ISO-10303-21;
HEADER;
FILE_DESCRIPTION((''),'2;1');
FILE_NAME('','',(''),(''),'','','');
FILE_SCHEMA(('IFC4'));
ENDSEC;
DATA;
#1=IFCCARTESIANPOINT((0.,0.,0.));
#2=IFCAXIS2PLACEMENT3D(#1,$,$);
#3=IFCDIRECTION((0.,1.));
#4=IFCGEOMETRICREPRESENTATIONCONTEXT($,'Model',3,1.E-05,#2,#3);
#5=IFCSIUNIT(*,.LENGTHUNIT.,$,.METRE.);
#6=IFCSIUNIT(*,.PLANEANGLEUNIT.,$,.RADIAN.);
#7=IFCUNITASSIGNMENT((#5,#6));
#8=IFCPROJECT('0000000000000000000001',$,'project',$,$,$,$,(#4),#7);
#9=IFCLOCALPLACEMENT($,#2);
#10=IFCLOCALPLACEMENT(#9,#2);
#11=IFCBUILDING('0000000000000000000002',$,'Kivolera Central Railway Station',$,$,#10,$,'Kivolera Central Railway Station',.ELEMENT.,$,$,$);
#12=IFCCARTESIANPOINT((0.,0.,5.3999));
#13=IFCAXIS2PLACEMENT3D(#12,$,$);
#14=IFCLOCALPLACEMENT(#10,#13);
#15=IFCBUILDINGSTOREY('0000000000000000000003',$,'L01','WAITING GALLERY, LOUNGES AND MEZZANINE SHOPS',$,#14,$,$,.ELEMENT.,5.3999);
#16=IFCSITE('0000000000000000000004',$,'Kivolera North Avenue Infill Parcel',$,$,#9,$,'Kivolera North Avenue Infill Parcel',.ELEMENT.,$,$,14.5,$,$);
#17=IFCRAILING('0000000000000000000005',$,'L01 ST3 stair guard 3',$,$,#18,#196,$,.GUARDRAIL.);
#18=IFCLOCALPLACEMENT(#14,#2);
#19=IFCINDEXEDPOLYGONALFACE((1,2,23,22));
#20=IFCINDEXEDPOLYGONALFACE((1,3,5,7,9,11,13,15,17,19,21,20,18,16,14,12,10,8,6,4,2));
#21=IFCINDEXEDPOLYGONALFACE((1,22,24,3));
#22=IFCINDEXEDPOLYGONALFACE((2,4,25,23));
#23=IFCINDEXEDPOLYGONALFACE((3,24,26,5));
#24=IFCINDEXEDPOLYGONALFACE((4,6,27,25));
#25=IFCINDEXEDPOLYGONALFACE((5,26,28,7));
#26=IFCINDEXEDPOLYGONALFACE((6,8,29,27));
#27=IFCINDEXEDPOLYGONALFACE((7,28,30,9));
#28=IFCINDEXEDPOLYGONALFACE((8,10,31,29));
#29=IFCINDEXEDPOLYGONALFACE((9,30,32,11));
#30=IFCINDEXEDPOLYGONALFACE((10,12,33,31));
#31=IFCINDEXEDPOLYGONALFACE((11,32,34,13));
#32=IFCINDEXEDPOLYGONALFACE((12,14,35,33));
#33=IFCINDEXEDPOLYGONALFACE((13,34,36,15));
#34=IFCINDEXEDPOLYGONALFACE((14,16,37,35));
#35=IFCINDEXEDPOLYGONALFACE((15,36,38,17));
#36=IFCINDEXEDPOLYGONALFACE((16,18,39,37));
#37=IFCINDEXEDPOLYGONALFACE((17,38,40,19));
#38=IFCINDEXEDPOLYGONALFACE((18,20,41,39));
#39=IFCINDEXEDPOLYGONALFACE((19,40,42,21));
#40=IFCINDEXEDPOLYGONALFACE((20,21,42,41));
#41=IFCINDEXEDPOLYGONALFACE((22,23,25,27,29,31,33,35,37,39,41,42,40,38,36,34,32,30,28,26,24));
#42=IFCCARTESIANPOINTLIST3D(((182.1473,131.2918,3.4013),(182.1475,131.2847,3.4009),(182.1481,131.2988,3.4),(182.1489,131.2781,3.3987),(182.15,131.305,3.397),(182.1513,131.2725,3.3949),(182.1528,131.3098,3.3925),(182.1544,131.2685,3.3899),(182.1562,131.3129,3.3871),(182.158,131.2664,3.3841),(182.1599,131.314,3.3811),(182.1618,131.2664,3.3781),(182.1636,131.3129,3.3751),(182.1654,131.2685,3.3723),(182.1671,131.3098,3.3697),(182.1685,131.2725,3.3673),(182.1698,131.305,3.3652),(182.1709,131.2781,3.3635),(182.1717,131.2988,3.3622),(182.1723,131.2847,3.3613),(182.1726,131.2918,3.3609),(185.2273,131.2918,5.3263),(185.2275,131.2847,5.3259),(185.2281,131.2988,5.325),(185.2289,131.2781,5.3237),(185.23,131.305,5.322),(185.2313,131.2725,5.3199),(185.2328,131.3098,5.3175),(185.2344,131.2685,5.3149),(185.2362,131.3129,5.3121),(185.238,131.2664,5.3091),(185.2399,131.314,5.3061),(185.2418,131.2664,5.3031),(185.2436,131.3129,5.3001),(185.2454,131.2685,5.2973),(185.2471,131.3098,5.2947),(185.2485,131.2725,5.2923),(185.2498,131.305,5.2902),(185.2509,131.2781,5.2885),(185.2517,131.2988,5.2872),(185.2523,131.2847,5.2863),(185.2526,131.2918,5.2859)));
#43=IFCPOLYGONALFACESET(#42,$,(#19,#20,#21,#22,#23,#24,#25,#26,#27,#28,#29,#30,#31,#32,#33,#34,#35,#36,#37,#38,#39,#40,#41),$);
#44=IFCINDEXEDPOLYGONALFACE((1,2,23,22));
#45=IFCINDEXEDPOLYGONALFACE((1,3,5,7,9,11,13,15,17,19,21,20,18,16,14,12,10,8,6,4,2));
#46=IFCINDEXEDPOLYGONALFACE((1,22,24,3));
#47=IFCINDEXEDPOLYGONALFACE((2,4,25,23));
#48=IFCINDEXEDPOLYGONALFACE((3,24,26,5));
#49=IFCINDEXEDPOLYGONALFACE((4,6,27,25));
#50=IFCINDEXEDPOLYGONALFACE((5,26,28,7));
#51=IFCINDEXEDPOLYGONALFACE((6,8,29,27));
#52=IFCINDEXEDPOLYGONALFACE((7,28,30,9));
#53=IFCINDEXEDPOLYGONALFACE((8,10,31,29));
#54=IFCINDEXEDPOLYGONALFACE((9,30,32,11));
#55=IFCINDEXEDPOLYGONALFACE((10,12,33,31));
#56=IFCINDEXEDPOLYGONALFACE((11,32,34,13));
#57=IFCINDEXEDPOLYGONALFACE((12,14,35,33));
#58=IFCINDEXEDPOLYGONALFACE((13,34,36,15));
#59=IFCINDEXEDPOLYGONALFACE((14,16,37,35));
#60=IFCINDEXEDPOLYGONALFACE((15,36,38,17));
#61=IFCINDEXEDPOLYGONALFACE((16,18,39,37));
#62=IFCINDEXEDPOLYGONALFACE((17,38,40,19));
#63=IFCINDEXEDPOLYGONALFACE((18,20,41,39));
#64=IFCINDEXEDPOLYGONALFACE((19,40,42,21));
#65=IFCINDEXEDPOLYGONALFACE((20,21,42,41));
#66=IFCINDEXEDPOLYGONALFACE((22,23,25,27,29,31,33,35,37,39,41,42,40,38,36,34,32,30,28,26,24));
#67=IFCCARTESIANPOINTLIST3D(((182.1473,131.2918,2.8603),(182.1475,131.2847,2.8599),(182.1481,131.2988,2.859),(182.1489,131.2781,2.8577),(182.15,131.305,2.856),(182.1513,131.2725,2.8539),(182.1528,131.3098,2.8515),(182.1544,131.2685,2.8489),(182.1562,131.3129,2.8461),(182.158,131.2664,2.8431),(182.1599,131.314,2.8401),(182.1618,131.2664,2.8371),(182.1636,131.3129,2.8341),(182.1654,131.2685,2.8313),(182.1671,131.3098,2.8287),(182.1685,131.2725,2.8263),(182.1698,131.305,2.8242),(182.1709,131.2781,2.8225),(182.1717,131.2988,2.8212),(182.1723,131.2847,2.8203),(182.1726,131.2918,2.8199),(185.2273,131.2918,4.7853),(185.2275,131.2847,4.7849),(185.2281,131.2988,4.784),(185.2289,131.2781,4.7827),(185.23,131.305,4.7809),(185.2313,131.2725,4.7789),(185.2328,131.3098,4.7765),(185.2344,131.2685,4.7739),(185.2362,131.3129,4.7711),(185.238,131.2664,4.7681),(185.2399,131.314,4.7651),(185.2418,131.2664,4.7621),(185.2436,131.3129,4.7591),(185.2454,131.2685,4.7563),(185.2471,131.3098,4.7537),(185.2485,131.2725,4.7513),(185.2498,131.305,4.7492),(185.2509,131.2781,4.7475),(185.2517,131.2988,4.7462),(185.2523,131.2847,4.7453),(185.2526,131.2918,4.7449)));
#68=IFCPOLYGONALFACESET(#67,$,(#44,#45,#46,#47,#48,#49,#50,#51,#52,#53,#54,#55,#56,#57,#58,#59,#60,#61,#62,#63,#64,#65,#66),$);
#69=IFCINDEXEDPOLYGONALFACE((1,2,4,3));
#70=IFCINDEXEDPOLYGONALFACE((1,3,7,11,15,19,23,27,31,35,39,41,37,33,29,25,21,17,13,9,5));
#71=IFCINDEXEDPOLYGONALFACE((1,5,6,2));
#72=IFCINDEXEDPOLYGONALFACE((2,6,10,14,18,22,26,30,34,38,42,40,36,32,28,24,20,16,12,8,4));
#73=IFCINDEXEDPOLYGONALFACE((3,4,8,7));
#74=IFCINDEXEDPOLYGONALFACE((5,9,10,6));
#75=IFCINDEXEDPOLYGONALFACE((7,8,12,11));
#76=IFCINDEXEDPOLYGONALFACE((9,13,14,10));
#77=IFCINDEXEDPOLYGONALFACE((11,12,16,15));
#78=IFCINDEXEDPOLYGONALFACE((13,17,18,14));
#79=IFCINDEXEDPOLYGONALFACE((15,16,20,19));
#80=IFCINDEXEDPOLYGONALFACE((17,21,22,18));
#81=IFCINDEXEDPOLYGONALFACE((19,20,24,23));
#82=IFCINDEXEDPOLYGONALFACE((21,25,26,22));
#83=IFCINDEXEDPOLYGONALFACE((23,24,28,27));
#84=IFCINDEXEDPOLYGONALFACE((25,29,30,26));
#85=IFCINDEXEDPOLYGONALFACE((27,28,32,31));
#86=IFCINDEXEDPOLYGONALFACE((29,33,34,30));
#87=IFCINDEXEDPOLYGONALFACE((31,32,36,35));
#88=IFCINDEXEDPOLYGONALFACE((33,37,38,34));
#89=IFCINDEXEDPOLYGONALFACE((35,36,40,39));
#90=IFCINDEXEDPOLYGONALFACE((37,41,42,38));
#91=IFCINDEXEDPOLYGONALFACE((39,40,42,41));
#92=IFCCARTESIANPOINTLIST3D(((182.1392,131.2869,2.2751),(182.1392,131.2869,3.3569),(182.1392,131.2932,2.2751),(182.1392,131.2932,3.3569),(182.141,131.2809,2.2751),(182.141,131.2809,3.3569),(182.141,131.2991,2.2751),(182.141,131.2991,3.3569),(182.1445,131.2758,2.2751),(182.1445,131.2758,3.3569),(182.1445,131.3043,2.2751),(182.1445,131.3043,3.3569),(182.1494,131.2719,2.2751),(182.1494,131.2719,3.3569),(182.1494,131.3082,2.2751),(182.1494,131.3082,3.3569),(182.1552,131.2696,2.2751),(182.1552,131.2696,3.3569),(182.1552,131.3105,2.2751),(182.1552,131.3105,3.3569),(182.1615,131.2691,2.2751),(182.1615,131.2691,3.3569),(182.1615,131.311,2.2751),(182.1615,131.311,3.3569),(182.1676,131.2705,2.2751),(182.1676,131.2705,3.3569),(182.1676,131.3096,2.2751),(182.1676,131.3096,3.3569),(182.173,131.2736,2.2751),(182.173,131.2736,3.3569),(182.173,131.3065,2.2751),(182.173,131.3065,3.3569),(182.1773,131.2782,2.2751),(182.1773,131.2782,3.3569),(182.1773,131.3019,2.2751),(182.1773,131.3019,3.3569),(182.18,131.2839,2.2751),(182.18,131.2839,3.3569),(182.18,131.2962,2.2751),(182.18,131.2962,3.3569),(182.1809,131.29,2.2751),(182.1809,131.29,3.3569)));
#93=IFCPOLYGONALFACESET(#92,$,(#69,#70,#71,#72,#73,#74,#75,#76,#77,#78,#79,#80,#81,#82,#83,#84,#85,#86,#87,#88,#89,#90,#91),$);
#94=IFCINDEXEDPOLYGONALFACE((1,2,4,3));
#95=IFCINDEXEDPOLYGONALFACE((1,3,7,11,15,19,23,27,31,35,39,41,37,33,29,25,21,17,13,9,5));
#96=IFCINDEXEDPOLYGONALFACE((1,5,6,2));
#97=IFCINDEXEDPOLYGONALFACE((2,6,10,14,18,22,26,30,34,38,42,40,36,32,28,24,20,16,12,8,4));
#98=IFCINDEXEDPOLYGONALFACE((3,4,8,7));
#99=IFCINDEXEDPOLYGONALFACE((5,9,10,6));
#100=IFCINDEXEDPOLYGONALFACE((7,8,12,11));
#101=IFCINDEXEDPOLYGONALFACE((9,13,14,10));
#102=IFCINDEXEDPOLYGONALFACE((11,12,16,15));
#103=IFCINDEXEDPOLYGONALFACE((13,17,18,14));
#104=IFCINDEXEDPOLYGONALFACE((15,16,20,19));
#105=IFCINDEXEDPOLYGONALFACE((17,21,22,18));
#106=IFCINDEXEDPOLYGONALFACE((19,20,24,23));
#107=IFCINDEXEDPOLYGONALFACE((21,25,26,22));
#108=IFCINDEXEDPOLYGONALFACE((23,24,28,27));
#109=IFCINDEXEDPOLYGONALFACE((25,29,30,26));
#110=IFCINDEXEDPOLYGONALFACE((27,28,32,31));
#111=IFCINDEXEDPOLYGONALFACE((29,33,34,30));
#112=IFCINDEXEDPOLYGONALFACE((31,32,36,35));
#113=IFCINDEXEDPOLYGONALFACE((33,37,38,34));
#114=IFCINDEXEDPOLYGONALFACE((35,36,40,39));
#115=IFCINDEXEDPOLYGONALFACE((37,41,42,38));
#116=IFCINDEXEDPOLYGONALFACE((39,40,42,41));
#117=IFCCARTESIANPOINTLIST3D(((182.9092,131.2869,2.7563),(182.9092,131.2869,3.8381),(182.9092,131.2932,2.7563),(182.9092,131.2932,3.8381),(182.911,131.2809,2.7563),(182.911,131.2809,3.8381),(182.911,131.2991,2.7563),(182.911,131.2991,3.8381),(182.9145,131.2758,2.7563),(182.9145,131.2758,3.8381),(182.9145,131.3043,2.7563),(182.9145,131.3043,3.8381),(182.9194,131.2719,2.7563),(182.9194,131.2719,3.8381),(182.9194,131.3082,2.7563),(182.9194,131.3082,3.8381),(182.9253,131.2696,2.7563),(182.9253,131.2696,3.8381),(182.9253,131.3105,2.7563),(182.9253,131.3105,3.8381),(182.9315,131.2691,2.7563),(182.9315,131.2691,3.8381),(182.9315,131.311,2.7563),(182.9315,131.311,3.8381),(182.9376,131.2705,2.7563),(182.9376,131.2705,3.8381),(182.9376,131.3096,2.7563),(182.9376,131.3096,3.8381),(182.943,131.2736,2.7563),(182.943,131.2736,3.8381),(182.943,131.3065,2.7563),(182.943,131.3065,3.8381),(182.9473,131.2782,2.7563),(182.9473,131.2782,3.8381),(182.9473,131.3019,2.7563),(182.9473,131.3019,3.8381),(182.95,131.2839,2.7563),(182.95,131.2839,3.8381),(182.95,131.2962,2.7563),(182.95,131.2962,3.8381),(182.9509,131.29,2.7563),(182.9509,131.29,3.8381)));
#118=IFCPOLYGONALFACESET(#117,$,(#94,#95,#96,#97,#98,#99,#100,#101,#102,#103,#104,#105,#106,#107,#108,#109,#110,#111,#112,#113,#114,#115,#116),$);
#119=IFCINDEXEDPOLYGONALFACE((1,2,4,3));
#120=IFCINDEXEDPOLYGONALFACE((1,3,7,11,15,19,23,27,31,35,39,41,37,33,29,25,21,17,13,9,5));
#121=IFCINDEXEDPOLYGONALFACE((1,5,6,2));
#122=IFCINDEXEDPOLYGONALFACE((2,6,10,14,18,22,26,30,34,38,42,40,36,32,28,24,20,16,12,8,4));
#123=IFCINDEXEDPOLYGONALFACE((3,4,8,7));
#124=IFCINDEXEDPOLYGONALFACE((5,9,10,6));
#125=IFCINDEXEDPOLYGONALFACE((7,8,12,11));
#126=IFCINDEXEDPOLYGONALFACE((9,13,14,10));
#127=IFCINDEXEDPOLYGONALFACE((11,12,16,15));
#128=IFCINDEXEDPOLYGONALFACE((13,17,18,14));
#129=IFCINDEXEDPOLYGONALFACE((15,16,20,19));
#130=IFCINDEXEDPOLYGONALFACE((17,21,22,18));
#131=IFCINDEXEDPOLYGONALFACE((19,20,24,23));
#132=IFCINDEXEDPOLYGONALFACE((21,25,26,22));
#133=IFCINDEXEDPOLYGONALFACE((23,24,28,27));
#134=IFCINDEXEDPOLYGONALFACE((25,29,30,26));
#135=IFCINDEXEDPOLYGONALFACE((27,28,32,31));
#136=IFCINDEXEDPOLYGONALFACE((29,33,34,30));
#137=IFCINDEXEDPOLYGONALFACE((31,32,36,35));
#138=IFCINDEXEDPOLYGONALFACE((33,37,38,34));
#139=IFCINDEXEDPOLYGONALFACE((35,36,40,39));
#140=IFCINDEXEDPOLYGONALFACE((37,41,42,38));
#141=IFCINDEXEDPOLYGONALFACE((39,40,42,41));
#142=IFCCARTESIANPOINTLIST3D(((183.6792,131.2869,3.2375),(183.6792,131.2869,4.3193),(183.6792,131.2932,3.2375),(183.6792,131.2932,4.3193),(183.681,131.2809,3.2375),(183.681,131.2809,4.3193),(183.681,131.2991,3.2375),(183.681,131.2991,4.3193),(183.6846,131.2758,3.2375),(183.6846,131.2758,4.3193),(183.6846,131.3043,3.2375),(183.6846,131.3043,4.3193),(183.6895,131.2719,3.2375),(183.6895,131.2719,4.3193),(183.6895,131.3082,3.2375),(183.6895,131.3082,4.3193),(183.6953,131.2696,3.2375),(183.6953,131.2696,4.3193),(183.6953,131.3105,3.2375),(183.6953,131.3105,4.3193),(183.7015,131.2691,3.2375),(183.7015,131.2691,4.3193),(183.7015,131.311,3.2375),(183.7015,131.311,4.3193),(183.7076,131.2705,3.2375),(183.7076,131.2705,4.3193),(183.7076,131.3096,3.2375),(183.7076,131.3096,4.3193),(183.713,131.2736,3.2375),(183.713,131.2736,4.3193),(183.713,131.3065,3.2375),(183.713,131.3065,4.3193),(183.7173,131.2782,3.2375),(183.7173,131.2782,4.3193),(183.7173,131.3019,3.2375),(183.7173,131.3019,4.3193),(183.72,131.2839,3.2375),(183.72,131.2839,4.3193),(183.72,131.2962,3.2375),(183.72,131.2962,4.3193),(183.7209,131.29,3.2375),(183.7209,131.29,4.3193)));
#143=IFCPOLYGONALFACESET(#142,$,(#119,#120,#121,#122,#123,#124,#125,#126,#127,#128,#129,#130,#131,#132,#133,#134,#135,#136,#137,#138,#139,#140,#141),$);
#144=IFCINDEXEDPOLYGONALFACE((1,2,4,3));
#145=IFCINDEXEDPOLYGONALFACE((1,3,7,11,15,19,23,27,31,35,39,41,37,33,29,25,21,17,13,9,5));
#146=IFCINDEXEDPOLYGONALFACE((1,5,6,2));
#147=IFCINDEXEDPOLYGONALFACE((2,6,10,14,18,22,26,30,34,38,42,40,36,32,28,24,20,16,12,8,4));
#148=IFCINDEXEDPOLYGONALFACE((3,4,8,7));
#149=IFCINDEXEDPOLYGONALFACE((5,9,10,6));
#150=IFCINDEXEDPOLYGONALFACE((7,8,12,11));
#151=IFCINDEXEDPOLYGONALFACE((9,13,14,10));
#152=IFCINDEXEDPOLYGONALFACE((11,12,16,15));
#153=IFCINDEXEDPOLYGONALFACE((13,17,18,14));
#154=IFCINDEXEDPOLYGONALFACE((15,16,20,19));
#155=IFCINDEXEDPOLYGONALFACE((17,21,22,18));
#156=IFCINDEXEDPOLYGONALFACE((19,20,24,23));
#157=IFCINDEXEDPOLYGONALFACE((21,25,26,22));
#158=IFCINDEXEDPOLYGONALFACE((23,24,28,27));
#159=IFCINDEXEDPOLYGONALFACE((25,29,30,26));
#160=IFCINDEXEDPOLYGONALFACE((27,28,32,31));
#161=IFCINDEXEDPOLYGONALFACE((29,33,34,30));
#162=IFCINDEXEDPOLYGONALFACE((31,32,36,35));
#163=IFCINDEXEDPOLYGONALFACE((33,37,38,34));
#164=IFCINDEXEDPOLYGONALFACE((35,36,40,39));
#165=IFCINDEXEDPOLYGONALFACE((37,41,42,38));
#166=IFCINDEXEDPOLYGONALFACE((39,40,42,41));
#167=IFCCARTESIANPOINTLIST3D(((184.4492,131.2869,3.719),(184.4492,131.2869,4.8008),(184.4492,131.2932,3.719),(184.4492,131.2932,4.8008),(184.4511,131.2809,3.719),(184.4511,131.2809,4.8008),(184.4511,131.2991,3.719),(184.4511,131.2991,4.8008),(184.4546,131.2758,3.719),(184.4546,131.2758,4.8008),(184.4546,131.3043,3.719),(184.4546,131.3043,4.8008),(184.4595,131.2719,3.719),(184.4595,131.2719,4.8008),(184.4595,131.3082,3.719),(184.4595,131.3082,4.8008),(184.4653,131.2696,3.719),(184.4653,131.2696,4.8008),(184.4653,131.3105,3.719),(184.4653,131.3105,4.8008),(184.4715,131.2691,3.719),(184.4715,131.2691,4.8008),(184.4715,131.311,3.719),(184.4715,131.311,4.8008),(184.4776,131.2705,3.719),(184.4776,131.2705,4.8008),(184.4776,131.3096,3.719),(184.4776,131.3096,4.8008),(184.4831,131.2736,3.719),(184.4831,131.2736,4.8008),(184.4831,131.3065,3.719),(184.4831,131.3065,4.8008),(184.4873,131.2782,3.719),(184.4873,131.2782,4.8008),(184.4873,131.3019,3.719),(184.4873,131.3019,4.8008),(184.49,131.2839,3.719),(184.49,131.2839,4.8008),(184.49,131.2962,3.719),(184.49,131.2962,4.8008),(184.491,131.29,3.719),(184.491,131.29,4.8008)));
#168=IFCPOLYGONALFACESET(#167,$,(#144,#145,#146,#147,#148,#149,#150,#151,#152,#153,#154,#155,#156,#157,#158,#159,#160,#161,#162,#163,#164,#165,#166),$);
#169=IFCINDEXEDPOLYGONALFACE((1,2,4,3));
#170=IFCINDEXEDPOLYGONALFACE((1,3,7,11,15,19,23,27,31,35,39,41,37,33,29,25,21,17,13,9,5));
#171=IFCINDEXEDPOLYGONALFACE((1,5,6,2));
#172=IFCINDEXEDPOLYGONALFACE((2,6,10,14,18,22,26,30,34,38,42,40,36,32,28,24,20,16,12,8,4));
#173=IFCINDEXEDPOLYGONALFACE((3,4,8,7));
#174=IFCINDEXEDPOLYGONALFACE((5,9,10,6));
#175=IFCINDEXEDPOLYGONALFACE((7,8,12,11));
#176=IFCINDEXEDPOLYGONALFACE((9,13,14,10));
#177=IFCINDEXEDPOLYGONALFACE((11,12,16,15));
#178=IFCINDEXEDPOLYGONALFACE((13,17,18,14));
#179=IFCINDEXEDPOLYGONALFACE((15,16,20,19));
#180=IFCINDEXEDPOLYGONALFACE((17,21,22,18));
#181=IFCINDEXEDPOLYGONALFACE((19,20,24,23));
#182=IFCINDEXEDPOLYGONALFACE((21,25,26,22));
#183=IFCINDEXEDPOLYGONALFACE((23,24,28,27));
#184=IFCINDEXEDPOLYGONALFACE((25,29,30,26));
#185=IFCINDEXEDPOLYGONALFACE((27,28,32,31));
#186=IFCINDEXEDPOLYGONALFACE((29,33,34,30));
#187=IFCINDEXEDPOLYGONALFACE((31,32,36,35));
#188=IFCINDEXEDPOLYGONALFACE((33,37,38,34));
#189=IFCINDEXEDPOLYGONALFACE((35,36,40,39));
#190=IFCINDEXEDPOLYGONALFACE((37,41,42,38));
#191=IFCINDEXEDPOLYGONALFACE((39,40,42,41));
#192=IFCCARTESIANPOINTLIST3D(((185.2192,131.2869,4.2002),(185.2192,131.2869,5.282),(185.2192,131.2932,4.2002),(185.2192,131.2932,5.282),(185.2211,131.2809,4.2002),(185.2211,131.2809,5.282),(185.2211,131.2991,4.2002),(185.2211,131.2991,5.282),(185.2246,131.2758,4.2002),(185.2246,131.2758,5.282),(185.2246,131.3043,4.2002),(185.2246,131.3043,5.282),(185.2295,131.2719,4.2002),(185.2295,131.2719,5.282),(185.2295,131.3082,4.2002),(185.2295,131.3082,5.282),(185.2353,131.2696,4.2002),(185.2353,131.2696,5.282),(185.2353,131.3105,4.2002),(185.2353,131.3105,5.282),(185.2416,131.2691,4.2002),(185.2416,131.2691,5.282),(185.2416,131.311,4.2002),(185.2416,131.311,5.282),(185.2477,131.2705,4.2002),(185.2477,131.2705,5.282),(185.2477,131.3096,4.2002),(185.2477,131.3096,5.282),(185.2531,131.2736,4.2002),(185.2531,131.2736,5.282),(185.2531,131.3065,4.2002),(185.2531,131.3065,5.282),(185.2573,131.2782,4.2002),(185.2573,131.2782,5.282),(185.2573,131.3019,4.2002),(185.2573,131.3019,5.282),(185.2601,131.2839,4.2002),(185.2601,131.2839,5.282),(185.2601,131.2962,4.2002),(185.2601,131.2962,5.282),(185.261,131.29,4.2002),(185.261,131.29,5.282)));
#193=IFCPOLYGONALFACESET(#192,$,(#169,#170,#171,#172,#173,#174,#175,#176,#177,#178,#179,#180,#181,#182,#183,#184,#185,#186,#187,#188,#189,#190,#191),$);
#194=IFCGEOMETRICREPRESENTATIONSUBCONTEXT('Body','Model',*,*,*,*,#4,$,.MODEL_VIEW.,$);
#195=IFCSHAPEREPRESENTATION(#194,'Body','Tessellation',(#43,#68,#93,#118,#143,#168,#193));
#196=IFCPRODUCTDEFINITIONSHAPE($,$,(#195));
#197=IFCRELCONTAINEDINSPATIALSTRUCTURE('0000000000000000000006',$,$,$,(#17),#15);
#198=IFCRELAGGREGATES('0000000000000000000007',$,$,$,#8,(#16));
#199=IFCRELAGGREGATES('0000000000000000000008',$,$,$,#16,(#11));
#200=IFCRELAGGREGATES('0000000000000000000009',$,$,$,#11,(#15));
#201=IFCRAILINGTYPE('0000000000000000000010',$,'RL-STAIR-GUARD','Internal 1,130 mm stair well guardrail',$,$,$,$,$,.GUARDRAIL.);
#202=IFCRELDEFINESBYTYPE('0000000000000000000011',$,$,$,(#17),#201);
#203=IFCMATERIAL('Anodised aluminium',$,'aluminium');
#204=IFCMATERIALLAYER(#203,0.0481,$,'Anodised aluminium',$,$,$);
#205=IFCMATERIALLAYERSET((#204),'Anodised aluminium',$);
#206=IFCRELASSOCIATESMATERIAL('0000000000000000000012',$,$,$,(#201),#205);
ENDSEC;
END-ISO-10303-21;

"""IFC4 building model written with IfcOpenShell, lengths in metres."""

from ifc_helpers import new_model, si_unit, direction, frame, origin, origin_2d, place, context, subcontext, project, spatial, circle, extrude, material, layer, layer_set, type_object, element, save


model = new_model("IFC4")

# Units and contexts
model_context = context("Model", 3, precision=1e-05, world=origin(), true_north=direction((0.0, 1.0)))
body_context = subcontext(model_context, "Body", "Model", "MODEL_VIEW")
ifc_project = project(units=[si_unit("LENGTHUNIT", "METRE"), si_unit("PLANEANGLEUNIT", "RADIAN")], contexts=[model_context])

# Site, building, storey
site_placement = place(None, origin())
site = spatial("IfcSite", under=ifc_project, at=site_placement, Name="Kivolera North Avenue Infill Parcel", LongName="Kivolera North Avenue Infill Parcel", CompositionType="ELEMENT", RefElevation=14.5)
building_placement = place(site_placement, origin())
building = spatial("IfcBuilding", under=site, at=building_placement, Name="Kivolera Central Railway Station", LongName="Kivolera Central Railway Station", CompositionType="ELEMENT")
storey_placement = place(building_placement, frame((0.0, 0.0, 5.3999)))
storey = spatial("IfcBuildingStorey", under=building, at=storey_placement, Name="L01", Description="WAITING GALLERY, LOUNGES AND MEZZANINE SHOPS", CompositionType="ELEMENT", Elevation=5.3999)

# Shared definitions
ifc_material_1 = material(Name="Anodised aluminium", Category="aluminium")

# Railing
ifc_layer_1 = layer(ifc_material_1, 0.0481, Name="Anodised aluminium")
ifc_layer_set_1 = layer_set([ifc_layer_1], Name="Anodised aluminium")
railing_type_1 = type_object("IfcRailingType", Name="RL-STAIR-GUARD", Description="Internal 1,130 mm stair well guardrail", PredefinedType="GUARDRAIL", material=ifc_layer_set_1)
railing_1_placement = place(storey_placement, frame((182.1599, 131.29, 2.2751)))
element("IfcRailing", 1, at=railing_1_placement, inside=storey, type_object=railing_type_1, Name="L01 ST3 stair guard 3", PredefinedType="GUARDRAIL", context=body_context, shape_type="SweptSolid", body=[
    extrude(circle(Radius=0.0239, at=origin_2d()), frame((0.0, 0.0, 1.106), z_axis=(0.847998, 0.0, 0.529999), x_axis=(0.0, 1.0, 0.0)), (0.0, 0.0, 1.0), 3.6321),
    extrude(circle(Radius=0.0239, at=origin_2d()), frame((0.0, 0.0, 0.5649), z_axis=(0.847998, 0.0, 0.529999), x_axis=(0.0, 1.0, 0.0)), (0.0, 0.0, 1.0), 3.6321),
    extrude(circle(Radius=0.021, at=origin_2d()), origin(), (0.0, 0.0, 1.0), 1.0818),
    extrude(circle(Radius=0.021, at=origin_2d()), frame((0.77, 0.0, 0.4812)), (0.0, 0.0, 1.0), 1.0818),
    extrude(circle(Radius=0.021, at=origin_2d()), frame((1.54, 0.0, 0.9624)), (0.0, 0.0, 1.0), 1.0818),
    extrude(circle(Radius=0.021, at=origin_2d()), frame((2.3101, 0.0, 1.4438)), (0.0, 0.0, 1.0), 1.0818),
    extrude(circle(Radius=0.021, at=origin_2d()), frame((3.0801, 0.0, 1.925)), (0.0, 0.0, 1.0), 1.0818),
])

save(model, "model.ifc")
